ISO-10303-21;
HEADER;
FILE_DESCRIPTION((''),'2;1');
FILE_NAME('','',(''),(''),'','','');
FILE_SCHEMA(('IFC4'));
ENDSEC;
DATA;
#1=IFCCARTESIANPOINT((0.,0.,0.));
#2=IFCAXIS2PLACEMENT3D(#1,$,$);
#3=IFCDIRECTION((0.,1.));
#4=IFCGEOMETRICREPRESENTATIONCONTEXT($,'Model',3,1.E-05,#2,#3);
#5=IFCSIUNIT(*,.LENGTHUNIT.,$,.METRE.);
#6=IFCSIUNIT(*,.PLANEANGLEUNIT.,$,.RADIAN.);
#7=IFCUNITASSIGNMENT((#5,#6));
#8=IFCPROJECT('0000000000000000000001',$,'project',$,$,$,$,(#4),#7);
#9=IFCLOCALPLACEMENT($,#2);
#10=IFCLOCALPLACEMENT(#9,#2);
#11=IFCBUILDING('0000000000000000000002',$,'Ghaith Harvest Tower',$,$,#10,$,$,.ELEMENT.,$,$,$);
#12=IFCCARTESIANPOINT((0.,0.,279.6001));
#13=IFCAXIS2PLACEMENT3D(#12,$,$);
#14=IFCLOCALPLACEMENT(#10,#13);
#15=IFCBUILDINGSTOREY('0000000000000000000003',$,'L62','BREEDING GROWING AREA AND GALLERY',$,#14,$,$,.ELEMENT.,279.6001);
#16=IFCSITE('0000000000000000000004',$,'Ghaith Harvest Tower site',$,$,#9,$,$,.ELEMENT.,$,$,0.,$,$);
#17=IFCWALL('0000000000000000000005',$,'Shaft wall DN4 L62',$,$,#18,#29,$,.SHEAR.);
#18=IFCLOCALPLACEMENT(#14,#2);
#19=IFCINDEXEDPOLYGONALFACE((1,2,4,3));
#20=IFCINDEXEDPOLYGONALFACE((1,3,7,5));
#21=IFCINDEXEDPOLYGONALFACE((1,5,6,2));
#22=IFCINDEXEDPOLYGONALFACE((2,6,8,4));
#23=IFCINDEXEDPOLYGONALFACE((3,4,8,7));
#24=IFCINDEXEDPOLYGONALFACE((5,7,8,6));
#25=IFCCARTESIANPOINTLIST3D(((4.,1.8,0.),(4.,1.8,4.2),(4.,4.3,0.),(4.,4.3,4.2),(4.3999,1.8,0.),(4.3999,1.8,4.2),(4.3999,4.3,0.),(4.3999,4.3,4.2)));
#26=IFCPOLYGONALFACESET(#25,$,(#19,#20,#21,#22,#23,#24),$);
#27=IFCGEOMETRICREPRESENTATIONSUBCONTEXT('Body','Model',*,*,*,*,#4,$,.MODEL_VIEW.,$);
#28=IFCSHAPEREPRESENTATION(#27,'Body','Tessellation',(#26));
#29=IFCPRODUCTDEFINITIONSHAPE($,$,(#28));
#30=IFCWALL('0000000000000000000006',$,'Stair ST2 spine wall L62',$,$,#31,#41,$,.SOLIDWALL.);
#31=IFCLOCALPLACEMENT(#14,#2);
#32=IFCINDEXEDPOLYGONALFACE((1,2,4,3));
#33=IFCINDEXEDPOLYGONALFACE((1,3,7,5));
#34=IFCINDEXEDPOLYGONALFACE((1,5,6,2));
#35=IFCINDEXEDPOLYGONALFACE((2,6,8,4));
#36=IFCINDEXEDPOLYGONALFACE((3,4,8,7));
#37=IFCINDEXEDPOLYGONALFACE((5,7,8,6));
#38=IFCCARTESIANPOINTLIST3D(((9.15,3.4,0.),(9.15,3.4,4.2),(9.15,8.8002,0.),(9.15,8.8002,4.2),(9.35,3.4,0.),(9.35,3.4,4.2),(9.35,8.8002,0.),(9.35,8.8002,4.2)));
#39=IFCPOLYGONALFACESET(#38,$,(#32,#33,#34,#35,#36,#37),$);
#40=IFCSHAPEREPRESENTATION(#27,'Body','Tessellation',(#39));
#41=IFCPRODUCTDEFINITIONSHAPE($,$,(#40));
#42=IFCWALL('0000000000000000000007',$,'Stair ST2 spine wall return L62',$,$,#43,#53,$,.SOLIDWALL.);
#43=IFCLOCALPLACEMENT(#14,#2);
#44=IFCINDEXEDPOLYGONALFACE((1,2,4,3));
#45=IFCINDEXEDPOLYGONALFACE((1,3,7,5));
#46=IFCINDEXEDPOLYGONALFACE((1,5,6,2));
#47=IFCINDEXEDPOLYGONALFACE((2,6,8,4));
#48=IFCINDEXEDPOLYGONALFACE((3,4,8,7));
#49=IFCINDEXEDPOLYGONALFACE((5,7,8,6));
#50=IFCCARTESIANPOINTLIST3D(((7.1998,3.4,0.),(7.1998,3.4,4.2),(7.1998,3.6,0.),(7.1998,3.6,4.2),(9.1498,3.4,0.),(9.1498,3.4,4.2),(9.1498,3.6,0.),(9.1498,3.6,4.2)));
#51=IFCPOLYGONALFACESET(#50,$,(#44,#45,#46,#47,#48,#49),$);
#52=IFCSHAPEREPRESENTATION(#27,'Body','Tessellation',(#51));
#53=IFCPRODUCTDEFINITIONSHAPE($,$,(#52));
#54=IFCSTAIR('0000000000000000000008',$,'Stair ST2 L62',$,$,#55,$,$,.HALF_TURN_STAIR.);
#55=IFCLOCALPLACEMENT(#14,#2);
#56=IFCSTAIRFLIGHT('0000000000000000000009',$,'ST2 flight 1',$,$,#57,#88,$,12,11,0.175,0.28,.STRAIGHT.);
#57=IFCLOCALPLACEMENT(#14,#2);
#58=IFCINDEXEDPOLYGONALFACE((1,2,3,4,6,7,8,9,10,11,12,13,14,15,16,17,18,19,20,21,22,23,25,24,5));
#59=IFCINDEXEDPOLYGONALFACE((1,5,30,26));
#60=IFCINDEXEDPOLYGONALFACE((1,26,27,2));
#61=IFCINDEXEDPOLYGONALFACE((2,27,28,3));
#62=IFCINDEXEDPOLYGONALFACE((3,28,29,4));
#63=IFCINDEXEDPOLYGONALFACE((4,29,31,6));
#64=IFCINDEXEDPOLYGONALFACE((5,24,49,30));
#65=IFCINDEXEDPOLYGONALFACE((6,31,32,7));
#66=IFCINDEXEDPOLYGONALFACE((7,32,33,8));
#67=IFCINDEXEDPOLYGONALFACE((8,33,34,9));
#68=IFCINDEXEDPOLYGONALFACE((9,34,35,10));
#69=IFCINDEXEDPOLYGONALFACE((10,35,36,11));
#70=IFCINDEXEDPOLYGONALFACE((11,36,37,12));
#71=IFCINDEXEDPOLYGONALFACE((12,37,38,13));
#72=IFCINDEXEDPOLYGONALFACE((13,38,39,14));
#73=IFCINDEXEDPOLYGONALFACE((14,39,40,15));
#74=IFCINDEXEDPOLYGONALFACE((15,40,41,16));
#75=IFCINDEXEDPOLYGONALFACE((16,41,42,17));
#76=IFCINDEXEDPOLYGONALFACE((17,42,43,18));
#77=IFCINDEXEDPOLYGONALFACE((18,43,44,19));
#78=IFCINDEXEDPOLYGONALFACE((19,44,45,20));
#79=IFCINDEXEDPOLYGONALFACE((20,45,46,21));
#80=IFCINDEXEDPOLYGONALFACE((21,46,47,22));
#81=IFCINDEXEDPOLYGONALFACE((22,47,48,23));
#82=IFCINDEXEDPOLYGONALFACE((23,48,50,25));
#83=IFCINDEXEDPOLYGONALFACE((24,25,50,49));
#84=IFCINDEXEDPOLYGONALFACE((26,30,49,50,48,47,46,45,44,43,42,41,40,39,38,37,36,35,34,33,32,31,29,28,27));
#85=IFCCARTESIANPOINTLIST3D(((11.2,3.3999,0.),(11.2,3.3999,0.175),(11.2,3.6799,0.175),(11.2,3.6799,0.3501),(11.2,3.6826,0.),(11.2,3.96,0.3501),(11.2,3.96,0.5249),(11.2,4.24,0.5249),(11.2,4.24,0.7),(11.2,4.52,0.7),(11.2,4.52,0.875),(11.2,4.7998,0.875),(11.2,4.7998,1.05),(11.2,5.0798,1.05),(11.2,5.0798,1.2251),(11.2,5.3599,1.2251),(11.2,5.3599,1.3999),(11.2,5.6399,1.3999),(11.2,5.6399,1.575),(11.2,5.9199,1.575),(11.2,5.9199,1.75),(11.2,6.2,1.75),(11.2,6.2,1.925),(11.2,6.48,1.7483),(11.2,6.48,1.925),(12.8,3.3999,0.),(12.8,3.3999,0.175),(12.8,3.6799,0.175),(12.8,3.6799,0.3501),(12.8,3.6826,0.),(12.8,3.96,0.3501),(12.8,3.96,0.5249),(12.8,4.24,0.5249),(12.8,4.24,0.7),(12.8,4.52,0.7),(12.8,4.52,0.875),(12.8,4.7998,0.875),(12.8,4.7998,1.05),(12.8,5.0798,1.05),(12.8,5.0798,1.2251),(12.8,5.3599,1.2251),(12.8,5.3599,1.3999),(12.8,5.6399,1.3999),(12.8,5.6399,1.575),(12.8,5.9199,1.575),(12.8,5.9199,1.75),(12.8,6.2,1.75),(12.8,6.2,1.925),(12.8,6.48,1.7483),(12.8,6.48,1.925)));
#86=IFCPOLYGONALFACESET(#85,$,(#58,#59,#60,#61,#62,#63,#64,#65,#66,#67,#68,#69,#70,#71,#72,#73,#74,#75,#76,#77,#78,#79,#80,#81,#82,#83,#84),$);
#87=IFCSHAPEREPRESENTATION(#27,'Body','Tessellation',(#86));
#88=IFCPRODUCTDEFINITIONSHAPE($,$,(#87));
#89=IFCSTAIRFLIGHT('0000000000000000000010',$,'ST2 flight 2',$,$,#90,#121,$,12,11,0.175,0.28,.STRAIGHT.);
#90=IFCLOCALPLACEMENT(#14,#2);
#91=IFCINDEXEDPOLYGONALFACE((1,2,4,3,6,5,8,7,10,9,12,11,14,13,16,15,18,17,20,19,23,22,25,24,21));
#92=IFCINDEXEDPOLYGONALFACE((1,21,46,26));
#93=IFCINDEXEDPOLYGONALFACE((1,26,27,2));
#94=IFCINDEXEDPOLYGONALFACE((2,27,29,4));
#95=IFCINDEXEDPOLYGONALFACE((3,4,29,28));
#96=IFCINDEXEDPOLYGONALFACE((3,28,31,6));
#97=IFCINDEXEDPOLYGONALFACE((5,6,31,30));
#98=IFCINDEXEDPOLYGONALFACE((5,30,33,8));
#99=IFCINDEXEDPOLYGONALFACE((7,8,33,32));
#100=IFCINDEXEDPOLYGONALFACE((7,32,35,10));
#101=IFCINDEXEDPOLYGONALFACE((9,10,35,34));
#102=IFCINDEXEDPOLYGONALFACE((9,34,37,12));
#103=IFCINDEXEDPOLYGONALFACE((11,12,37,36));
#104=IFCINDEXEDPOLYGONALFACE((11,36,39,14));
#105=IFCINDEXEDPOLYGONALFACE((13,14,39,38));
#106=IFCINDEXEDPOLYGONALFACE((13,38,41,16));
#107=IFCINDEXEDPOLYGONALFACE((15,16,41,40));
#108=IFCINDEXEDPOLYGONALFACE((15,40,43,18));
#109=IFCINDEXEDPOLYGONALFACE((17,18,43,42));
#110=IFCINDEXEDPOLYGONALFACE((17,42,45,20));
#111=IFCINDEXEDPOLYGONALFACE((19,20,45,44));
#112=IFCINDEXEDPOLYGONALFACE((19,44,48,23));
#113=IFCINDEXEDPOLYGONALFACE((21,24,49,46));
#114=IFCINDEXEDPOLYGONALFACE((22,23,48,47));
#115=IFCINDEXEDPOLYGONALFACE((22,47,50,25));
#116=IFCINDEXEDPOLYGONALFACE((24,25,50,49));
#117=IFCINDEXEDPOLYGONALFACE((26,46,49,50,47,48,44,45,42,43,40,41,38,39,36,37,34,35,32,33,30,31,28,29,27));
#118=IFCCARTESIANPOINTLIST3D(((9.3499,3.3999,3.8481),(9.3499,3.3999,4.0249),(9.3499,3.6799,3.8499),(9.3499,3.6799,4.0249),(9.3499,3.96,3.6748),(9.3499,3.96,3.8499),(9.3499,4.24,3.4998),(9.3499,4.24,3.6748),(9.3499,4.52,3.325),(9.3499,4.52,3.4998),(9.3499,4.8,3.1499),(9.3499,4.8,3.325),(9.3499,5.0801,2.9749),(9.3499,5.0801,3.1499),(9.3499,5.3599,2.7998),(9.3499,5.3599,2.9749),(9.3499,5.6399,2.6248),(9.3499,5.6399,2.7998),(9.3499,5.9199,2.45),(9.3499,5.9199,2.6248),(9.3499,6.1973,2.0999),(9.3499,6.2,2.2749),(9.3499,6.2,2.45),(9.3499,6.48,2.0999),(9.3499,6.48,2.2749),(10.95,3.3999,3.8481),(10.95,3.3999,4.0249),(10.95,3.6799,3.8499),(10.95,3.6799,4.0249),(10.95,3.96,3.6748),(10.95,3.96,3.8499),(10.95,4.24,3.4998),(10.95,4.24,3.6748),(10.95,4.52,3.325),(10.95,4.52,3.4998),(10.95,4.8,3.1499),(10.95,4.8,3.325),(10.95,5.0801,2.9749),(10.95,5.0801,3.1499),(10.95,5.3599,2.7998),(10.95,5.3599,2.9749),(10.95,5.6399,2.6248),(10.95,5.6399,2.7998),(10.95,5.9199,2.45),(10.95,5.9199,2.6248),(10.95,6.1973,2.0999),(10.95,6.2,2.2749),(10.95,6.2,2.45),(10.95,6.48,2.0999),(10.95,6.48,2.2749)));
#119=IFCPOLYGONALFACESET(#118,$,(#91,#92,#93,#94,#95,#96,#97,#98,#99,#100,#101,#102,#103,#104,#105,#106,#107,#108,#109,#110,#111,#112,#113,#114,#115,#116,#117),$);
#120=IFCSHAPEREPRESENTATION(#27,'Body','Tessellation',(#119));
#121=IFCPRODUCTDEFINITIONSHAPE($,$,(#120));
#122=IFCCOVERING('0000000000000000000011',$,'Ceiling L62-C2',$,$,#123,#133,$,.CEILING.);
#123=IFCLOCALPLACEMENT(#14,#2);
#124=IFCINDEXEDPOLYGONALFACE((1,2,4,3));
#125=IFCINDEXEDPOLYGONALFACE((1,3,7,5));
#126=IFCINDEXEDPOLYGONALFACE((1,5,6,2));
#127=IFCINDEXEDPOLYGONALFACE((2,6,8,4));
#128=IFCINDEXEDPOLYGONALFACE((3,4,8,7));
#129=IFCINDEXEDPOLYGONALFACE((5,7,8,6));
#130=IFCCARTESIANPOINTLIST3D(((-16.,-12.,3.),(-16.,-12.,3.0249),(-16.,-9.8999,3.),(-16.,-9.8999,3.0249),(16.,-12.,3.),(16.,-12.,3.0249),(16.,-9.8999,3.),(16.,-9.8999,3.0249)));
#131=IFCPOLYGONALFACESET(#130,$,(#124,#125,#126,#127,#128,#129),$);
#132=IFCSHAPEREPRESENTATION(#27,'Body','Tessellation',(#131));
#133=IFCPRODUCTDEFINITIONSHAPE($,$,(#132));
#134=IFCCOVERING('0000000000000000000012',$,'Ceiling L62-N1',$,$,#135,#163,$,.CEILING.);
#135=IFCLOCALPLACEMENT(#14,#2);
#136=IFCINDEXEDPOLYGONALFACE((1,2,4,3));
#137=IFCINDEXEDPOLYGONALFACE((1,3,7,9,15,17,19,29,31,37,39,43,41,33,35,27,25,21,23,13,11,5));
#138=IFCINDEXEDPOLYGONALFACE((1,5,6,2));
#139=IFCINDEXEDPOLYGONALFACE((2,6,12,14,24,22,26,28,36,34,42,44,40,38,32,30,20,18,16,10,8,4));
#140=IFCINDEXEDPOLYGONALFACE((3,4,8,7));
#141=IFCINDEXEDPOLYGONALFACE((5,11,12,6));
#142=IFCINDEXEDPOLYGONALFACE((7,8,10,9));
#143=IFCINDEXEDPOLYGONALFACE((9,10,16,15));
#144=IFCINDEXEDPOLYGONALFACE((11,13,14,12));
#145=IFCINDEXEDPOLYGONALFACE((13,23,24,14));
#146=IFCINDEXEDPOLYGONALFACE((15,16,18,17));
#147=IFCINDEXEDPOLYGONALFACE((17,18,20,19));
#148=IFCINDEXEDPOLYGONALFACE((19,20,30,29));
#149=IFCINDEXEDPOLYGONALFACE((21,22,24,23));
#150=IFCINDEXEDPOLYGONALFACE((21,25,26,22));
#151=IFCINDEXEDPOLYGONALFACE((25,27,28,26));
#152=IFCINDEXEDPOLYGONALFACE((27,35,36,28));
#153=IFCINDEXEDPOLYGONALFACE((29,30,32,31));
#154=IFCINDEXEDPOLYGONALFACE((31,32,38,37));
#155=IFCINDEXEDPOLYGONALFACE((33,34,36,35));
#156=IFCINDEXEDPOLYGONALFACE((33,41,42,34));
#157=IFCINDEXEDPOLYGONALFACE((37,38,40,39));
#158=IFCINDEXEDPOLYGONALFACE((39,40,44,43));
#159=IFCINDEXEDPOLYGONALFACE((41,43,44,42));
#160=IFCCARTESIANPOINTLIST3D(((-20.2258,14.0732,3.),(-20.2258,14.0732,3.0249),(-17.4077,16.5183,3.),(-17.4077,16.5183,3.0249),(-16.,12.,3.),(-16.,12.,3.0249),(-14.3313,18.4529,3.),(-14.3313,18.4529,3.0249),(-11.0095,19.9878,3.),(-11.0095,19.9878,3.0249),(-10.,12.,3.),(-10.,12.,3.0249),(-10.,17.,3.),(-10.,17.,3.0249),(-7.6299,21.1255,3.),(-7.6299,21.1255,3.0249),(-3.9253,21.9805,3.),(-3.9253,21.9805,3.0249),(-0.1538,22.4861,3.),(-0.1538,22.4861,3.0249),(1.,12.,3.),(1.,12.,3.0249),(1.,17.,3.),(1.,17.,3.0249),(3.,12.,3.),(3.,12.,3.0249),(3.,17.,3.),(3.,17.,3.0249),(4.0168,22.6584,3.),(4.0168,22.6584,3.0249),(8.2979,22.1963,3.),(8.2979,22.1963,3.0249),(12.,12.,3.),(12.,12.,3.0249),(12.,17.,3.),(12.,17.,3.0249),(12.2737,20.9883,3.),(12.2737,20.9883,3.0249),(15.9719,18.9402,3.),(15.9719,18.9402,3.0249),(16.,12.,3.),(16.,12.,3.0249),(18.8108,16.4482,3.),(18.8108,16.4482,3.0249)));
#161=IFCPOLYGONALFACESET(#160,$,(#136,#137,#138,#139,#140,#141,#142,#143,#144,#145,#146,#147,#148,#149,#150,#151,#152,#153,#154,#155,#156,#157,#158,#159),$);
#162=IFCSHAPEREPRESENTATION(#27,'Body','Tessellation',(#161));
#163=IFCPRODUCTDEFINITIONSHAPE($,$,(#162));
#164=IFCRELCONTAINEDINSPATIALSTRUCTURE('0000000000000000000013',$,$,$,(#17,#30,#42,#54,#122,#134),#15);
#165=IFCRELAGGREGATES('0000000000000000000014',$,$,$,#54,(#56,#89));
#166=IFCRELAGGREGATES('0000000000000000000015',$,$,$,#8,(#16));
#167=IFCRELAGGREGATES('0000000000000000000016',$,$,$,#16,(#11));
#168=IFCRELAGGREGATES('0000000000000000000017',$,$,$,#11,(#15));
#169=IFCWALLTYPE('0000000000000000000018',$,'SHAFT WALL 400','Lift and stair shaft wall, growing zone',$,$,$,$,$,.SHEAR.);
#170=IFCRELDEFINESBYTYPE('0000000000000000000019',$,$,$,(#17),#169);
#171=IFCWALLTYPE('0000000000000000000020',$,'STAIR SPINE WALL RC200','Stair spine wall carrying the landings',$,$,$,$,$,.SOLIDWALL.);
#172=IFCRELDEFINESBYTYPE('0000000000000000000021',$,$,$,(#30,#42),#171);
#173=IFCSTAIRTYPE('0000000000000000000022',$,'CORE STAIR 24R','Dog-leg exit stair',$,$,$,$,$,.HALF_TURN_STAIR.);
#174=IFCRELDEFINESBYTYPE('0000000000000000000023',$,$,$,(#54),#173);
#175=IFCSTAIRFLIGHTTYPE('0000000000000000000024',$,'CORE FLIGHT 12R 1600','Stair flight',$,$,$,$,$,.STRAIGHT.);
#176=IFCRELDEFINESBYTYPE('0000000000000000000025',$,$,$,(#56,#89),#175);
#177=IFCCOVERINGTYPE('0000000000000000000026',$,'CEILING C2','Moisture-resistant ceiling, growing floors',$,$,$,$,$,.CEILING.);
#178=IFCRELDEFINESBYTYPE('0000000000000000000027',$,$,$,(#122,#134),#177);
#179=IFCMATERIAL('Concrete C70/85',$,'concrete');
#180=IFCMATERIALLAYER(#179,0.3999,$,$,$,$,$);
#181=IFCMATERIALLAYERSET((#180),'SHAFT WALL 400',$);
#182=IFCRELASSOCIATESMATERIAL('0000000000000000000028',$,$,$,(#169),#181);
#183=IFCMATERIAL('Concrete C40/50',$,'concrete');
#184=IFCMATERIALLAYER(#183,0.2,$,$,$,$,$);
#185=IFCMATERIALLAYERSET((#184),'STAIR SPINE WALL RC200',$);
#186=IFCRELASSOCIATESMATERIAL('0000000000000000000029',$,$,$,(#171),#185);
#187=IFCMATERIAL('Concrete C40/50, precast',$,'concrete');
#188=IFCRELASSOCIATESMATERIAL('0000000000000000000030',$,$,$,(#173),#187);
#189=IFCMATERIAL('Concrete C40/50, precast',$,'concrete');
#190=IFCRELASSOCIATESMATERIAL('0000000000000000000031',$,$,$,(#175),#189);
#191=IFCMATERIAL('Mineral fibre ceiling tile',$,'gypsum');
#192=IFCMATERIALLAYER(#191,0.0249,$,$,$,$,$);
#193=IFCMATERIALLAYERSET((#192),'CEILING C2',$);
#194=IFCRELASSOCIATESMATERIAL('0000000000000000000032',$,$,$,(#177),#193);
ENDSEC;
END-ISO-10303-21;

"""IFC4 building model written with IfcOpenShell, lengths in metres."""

from ifc_helpers import new_model, si_unit, direction, frame, frame_2d, origin, place, context, subcontext, project, spatial, polyline, rectangle, outline, extrude, material, layer, layer_set, type_object, element, aggregate, save


model = new_model("IFC4")

# Units and contexts
model_context = context("Model", 3, precision=1e-05, world=origin(), true_north=direction((0.0, 1.0)))
body_context = subcontext(model_context, "Body", "Model", "MODEL_VIEW")
ifc_project = project(units=[si_unit("LENGTHUNIT", "METRE"), si_unit("PLANEANGLEUNIT", "RADIAN")], contexts=[model_context])

# Site, building, storey
site_placement = place(None, origin())
site = spatial("IfcSite", under=ifc_project, at=site_placement, Name="Ghaith Harvest Tower site", CompositionType="ELEMENT", RefElevation=0.0)
building_placement = place(site_placement, origin())
building = spatial("IfcBuilding", under=site, at=building_placement, Name="Ghaith Harvest Tower", CompositionType="ELEMENT")
storey_placement = place(building_placement, frame((0.0, 0.0, 279.6001)))
storey = spatial("IfcBuildingStorey", under=building, at=storey_placement, Name="L62", Description="BREEDING GROWING AREA AND GALLERY", CompositionType="ELEMENT", Elevation=279.6001)

# Shared definitions
ifc_material_1 = material(Name="Concrete C70/85", Category="concrete")
ifc_layer_1 = layer(ifc_material_1, 0.3999)
ifc_layer_set_1 = layer_set([ifc_layer_1], Name="SHAFT WALL 400")
wall_type_1 = type_object("IfcWallType", Name="SHAFT WALL 400", Description="Lift and stair shaft wall, growing zone", PredefinedType="SHEAR", material=ifc_layer_set_1)

# Walls
wall_1_placement = place(storey_placement, frame((4.2, 1.8, 0.0), z_axis=(0.0, 0.0, 1.0), x_axis=(0.0, 1.0, 0.0)))
element("IfcWall", 1, at=wall_1_placement, inside=storey, type_object=wall_type_1, Name="Shaft wall DN4 L62", PredefinedType="SHEAR", context=body_context, shape_type="SweptSolid", body=[
    extrude(rectangle(XDim=2.5, YDim=0.3999, at=frame_2d((1.25, 0.0))), origin(), (0.0, 0.0, 1.0), 4.2),
])
ifc_material_2 = material(Name="Concrete C40/50", Category="concrete")
ifc_layer_2 = layer(ifc_material_2, 0.2)
ifc_layer_set_2 = layer_set([ifc_layer_2], Name="STAIR SPINE WALL RC200")
wall_type_2 = type_object("IfcWallType", Name="STAIR SPINE WALL RC200", Description="Stair spine wall carrying the landings", PredefinedType="SOLIDWALL", material=ifc_layer_set_2)
wall_2_placement = place(storey_placement, frame((9.25, 3.3999, 0.0), z_axis=(0.0, 0.0, 1.0), x_axis=(0.0, 1.0, 0.0)))
element("IfcWall", 2, at=wall_2_placement, inside=storey, type_object=wall_type_2, Name="Stair ST2 spine wall L62", PredefinedType="SOLIDWALL", context=body_context, shape_type="SweptSolid", body=[
    extrude(rectangle(XDim=5.4001, YDim=0.2, at=frame_2d((2.7002, 0.0))), origin(), (0.0, 0.0, 1.0), 4.2),
])
wall_3_placement = place(storey_placement, frame((9.1499, 3.5, 0.0), z_axis=(0.0, 0.0, 1.0), x_axis=(-1.0, 0.0, 0.0)))
element("IfcWall", 3, at=wall_3_placement, inside=storey, type_object=wall_type_2, Name="Stair ST2 spine wall return L62", PredefinedType="SOLIDWALL", context=body_context, shape_type="SweptSolid", body=[
    extrude(rectangle(XDim=1.95, YDim=0.2, at=frame_2d((0.9751, 0.0))), origin(), (0.0, 0.0, 1.0), 4.2),
])

# Stair, stair flights
ifc_material_3 = material(Name="Concrete C40/50, precast", Category="concrete")
stair_type = type_object("IfcStairType", Name="CORE STAIR 24R", Description="Dog-leg exit stair", PredefinedType="HALF_TURN_STAIR", material=ifc_material_3)
stair_placement = place(storey_placement, origin())
stair = element("IfcStair", 4, at=stair_placement, inside=storey, type_object=stair_type, Name="Stair ST2 L62", PredefinedType="HALF_TURN_STAIR")
ifc_material_4 = material(Name="Concrete C40/50, precast", Category="concrete")
stair_flight_type = type_object("IfcStairFlightType", Name="CORE FLIGHT 12R 1600", Description="Stair flight", PredefinedType="STRAIGHT", material=ifc_material_4)
stair_flight_1_placement = place(storey_placement, frame((12.0, 3.3999, 0.0), z_axis=(0.0, 0.0, 1.0), x_axis=(0.0, 1.0, 0.0)))
stair_flight_1 = element("IfcStairFlight", 5, at=stair_flight_1_placement, type_object=stair_flight_type, Name="ST2 flight 1", NumberOfRisers=12, NumberOfTreads=11, PredefinedType="STRAIGHT", RiserHeight=0.175, TreadLength=0.28, context=body_context, shape_type="SweptSolid", body=[
    extrude(outline(polyline([(0.0, 0.0), (0.0, 0.175), (0.28, 0.175), (0.28, 0.3501), (0.5601, 0.3501), (0.5601, 0.5249), (0.8401, 0.5249), (0.8401, 0.7), (1.1201, 0.7), (1.1201, 0.875), (1.3999, 0.875), (1.3999, 1.05), (1.6799, 1.05), (1.6799, 1.2251), (1.96, 1.2251), (1.96, 1.3999), (2.24, 1.3999), (2.24, 1.575), (2.52, 1.575), (2.52, 1.75), (2.8, 1.75), (2.8, 1.925), (3.0801, 1.925), (3.0801, 2.1001), (3.0801, 1.7483), (0.2827, 0.0), (0.0, 0.0)])), frame((0.0, 0.8, 0.0), z_axis=(0.0, -1.0, 0.0), x_axis=(1.0, 0.0, 0.0)), (0.0, 0.0, 1.0), 1.6001),
])
stair_flight_2_placement = place(storey_placement, frame((10.1499, 6.48, 2.0999), z_axis=(0.0, 0.0, 1.0), x_axis=(0.0, -1.0, 0.0)))
stair_flight_2 = element("IfcStairFlight", 6, at=stair_flight_2_placement, type_object=stair_flight_type, Name="ST2 flight 2", NumberOfRisers=12, NumberOfTreads=11, PredefinedType="STRAIGHT", RiserHeight=0.175, TreadLength=0.28, context=body_context, shape_type="SweptSolid", body=[
    extrude(outline(polyline([(0.0, 0.0), (0.0, 0.175), (0.28, 0.175), (0.28, 0.3501), (0.5601, 0.3501), (0.5601, 0.5249), (0.8401, 0.5249), (0.8401, 0.7), (1.1201, 0.7), (1.1201, 0.875), (1.3999, 0.875), (1.3999, 1.05), (1.6799, 1.05), (1.6799, 1.2251), (1.96, 1.2251), (1.96, 1.3999), (2.24, 1.3999), (2.24, 1.575), (2.52, 1.575), (2.52, 1.75), (2.8, 1.75), (2.8, 1.925), (3.0801, 1.925), (3.0801, 2.1001), (3.0801, 1.7483), (0.2827, 0.0), (0.0, 0.0)])), frame((0.0, 0.8, 0.0), z_axis=(0.0, -1.0, 0.0), x_axis=(1.0, 0.0, 0.0)), (0.0, 0.0, 1.0), 1.6001),
])
aggregate(stair, [stair_flight_1, stair_flight_2])

# Coverings
ifc_material_5 = material(Name="Mineral fibre ceiling tile", Category="gypsum")
ifc_layer_3 = layer(ifc_material_5, 0.0249)
ifc_layer_set_3 = layer_set([ifc_layer_3], Name="CEILING C2")
covering_type = type_object("IfcCoveringType", Name="CEILING C2", Description="Moisture-resistant ceiling, growing floors", PredefinedType="CEILING", material=ifc_layer_set_3)
covering_1_placement = place(storey_placement, frame((0.0, 0.0, 3.0)))
element("IfcCovering", 7, at=covering_1_placement, inside=storey, type_object=covering_type, Name="Ceiling L62-C2", PredefinedType="CEILING", context=body_context, shape_type="SweptSolid", body=[
    extrude(outline(polyline([(-16.0, -9.8999), (16.0, -9.8999), (16.0, -12.0), (-16.0, -12.0), (-16.0, -9.8999)])), origin(), (0.0, 0.0, 1.0), 0.0249),
])
covering_2_placement = place(storey_placement, frame((0.0, 0.0, 3.0)))
element("IfcCovering", 8, at=covering_2_placement, inside=storey, type_object=covering_type, Name="Ceiling L62-N1", PredefinedType="CEILING", context=body_context, shape_type="SweptSolid", body=[
    extrude(outline(polyline([(-17.4077, 16.5183), (-14.3313, 18.4529), (-11.0095, 19.9878), (-7.6299, 21.1255), (-3.9253, 21.9805), (-0.1538, 22.4861), (4.0168, 22.6584), (8.2979, 22.1963), (12.2737, 20.9883), (15.9719, 18.9402), (18.8108, 16.4482), (16.0, 12.0), (12.0, 12.0), (12.0, 17.0), (3.0, 17.0), (3.0, 12.0), (1.0, 12.0), (1.0, 17.0), (-10.0, 17.0), (-10.0, 12.0), (-16.0, 12.0), (-20.2258, 14.0732), (-17.4077, 16.5183)])), origin(), (0.0, 0.0, 1.0), 0.0249),
])

save(model, "model.ifc")
